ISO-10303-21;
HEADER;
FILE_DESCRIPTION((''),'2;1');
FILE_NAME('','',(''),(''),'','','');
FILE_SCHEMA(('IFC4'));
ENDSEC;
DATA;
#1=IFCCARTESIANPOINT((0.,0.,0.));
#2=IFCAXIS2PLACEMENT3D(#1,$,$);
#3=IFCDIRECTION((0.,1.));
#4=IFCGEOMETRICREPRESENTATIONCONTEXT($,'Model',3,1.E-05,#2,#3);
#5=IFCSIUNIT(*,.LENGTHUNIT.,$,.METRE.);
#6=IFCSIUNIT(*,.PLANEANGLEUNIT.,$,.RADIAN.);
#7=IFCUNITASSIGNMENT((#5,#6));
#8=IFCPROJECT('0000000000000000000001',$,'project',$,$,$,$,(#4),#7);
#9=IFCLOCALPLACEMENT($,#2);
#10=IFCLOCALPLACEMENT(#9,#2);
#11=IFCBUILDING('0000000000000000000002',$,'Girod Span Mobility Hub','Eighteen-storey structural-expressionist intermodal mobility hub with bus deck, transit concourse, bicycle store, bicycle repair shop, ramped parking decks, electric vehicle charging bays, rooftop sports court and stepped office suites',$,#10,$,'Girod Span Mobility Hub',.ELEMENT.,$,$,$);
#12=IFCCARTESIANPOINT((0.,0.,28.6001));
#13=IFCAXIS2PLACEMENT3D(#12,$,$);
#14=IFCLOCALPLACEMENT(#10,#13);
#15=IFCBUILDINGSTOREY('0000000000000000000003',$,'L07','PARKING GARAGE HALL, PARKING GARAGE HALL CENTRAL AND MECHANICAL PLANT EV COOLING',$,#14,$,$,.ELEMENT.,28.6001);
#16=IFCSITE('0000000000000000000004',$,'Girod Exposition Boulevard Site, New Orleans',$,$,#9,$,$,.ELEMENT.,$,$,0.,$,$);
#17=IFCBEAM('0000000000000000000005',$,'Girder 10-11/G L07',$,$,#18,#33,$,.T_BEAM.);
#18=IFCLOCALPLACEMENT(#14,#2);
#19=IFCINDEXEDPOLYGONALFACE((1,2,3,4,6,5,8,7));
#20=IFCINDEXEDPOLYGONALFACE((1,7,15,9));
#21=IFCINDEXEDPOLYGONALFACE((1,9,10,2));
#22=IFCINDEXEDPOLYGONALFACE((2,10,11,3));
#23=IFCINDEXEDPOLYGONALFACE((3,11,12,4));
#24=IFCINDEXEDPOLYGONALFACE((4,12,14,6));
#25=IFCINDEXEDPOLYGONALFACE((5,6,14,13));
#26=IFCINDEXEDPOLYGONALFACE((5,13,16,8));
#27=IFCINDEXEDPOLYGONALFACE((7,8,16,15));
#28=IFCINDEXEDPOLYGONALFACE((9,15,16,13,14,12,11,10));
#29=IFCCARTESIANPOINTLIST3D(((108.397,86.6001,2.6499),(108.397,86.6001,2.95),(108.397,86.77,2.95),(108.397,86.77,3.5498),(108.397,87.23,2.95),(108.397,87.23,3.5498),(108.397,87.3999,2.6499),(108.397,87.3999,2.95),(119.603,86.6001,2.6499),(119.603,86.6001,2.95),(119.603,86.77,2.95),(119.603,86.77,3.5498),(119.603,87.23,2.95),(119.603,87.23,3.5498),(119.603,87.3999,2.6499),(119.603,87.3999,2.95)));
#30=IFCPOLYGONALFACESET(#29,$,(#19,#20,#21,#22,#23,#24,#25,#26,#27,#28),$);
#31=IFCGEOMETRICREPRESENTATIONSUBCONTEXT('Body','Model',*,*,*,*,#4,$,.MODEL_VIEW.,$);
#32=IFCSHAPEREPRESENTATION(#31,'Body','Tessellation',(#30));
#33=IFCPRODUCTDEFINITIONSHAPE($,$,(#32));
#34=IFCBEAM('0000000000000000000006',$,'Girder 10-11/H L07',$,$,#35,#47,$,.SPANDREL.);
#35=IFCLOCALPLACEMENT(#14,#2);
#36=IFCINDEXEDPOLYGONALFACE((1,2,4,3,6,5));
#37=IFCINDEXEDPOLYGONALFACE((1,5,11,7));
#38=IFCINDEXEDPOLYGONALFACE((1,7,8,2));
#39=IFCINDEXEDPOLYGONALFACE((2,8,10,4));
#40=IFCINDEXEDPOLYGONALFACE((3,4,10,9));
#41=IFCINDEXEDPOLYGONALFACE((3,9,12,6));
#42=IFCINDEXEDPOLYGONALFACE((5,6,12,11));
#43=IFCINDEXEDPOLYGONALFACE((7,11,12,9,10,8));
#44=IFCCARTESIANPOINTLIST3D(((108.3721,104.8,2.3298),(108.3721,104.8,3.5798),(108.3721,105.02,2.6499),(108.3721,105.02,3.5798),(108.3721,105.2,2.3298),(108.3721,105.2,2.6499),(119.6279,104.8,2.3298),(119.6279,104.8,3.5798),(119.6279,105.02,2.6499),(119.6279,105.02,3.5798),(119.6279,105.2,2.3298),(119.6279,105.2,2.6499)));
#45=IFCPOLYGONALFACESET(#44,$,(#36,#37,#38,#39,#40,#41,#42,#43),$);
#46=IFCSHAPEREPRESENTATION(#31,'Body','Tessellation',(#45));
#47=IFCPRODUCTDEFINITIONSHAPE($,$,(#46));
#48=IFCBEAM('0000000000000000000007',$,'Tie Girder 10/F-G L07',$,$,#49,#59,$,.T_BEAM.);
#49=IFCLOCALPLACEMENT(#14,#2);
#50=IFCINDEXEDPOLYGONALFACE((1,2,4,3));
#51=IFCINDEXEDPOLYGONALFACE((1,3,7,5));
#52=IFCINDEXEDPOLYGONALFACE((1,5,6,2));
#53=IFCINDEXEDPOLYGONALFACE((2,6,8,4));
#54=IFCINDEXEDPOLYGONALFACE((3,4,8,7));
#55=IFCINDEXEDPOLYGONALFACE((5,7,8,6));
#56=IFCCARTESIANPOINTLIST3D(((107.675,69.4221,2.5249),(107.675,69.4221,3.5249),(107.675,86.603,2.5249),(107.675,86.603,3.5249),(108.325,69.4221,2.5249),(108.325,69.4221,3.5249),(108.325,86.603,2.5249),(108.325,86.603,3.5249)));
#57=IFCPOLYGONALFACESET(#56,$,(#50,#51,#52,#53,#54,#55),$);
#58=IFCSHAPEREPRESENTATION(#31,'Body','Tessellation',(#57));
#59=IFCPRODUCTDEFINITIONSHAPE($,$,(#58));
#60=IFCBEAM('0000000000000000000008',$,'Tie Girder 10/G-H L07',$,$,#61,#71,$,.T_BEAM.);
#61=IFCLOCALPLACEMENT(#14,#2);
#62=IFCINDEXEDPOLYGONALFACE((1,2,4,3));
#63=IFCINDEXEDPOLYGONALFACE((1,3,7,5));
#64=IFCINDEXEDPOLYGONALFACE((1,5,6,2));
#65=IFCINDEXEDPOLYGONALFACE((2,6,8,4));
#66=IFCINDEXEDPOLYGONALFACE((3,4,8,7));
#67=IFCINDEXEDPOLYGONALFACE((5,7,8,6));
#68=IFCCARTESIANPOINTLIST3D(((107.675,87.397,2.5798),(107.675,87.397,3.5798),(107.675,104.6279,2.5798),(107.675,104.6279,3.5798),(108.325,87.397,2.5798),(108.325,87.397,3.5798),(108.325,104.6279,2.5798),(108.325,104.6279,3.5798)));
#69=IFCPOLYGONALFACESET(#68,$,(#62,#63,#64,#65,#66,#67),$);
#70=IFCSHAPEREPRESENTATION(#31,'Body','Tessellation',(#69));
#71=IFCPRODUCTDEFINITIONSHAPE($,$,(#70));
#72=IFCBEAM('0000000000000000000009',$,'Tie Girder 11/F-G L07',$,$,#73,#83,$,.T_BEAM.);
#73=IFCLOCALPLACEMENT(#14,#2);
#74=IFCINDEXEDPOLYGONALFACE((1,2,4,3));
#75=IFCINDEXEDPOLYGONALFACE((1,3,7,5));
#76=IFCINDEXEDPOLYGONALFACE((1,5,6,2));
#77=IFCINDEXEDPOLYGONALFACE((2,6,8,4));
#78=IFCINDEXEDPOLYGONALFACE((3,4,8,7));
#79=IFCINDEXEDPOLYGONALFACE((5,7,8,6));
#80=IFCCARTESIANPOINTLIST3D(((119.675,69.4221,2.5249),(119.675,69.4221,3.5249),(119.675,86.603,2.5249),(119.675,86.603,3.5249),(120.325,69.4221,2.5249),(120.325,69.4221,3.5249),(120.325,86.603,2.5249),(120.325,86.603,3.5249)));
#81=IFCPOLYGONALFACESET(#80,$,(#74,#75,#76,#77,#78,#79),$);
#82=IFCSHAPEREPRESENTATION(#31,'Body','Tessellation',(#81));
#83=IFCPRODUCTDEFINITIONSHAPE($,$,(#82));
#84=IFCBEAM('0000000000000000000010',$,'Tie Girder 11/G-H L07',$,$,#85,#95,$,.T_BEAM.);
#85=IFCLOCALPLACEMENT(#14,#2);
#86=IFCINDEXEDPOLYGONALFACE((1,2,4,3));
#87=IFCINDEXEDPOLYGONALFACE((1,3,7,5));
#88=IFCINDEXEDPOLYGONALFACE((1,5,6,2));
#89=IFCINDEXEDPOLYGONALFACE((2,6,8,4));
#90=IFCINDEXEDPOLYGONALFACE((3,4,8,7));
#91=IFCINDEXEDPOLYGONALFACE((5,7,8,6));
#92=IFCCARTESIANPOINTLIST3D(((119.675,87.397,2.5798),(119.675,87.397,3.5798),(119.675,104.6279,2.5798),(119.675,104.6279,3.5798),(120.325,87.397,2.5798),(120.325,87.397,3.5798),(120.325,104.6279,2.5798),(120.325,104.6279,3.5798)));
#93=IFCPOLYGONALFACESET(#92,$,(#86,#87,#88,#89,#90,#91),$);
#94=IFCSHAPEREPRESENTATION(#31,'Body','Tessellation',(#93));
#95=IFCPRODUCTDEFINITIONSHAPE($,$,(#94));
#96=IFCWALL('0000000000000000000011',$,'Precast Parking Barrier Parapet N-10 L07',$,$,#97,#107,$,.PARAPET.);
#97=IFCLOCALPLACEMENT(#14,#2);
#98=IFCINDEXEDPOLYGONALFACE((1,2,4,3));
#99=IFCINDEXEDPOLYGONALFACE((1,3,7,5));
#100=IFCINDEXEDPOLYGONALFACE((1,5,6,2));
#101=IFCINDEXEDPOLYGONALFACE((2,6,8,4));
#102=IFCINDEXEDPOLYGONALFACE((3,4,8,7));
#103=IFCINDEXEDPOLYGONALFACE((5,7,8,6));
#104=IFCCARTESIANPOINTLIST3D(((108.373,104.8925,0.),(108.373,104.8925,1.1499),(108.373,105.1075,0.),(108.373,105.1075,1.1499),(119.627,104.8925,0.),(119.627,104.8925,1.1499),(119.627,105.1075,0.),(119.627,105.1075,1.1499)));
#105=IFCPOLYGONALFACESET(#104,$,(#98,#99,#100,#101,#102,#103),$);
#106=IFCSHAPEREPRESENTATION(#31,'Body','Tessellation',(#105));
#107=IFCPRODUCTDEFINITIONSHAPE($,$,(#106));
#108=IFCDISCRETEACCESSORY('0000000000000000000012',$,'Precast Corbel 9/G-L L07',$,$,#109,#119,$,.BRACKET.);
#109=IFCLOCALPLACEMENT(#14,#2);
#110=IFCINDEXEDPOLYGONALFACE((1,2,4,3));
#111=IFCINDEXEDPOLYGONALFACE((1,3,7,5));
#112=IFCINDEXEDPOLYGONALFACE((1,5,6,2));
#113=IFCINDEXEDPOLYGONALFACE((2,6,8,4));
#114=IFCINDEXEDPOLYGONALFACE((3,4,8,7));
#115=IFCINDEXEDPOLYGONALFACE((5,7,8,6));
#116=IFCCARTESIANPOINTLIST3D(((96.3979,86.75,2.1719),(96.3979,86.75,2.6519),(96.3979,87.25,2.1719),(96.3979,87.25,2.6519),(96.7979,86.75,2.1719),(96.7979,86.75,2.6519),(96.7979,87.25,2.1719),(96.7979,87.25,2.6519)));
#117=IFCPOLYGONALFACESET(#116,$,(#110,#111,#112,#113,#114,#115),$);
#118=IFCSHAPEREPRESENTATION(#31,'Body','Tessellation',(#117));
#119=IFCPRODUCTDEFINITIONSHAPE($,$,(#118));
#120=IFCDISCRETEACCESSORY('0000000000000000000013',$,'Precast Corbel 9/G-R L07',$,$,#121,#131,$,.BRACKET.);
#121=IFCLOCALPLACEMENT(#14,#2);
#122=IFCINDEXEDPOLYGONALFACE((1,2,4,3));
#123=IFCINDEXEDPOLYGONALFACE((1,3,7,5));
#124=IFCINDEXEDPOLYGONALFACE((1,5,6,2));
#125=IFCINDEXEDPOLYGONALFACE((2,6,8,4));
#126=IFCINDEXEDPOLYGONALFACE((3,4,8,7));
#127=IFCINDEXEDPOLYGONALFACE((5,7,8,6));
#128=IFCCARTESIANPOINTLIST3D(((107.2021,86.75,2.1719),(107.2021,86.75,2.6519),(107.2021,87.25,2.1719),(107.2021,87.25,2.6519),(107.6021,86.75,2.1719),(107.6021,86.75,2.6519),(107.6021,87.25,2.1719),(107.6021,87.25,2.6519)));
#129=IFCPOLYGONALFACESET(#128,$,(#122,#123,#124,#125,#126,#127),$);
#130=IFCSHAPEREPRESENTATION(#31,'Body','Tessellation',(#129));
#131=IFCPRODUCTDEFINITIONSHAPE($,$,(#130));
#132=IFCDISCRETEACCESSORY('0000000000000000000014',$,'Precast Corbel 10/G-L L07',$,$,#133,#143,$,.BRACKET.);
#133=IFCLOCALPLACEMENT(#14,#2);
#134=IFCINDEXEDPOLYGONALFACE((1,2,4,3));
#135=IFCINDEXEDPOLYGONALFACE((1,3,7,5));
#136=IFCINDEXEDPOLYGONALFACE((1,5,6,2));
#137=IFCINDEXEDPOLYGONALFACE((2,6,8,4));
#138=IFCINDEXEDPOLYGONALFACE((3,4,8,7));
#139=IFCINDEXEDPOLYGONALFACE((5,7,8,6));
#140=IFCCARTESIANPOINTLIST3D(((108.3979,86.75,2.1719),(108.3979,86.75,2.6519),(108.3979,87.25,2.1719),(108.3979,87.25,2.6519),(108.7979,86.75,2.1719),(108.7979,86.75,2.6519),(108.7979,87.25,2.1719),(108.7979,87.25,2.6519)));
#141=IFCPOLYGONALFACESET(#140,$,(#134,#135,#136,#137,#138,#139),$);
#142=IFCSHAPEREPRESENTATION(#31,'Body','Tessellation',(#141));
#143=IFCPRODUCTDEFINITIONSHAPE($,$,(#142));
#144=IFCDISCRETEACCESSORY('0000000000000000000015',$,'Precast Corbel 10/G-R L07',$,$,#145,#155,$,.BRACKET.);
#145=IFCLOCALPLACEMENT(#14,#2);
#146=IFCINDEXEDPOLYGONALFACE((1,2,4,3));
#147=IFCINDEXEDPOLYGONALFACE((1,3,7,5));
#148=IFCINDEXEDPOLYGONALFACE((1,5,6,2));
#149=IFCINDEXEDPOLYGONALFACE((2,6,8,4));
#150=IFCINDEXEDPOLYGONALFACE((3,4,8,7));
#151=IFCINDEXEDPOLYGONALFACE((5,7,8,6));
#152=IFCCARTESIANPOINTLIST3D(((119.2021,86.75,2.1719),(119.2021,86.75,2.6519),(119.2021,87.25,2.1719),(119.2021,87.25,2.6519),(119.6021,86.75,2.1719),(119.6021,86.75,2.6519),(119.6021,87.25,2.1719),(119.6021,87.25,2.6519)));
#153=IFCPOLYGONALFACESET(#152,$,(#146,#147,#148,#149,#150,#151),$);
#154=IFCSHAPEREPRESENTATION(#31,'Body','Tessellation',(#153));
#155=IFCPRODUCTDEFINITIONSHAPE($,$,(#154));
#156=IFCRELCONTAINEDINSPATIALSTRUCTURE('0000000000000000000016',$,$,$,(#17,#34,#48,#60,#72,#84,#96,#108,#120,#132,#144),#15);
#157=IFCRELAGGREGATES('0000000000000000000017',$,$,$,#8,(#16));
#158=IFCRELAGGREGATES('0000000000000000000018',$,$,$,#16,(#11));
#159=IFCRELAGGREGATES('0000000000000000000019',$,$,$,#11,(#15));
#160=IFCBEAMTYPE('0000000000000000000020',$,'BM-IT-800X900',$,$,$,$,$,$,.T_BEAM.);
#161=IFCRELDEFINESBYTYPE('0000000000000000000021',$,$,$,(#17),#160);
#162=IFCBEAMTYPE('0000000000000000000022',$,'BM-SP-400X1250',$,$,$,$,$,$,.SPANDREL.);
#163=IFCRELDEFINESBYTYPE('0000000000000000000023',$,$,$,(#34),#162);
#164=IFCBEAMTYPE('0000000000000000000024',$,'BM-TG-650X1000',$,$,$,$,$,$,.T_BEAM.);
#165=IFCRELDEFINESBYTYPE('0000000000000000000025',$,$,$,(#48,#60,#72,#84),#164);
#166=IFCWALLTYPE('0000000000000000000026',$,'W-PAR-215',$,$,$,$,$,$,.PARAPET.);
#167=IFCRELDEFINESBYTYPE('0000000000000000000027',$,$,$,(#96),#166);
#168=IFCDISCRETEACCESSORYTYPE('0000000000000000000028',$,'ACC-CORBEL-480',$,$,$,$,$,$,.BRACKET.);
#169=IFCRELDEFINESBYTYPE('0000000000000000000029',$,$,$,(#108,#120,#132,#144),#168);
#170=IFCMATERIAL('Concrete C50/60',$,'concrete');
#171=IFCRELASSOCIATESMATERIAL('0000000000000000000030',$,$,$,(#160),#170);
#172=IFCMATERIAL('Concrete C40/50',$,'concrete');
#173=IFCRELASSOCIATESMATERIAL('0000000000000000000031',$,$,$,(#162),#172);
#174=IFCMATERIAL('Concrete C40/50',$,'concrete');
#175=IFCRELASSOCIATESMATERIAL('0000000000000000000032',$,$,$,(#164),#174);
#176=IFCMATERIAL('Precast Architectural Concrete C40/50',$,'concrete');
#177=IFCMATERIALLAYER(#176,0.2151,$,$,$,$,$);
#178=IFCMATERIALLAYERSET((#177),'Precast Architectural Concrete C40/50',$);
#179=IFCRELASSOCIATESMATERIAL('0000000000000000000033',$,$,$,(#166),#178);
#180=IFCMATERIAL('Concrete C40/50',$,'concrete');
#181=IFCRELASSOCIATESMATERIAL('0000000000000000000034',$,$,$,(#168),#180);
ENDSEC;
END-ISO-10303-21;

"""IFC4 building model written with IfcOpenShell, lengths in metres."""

from ifc_helpers import new_model, si_unit, direction, frame, frame_2d, origin, origin_2d, place, context, subcontext, project, spatial, polyline, rectangle, outline, extrude, material, layer, layer_set, material_profile, profile_set, type_object, element, save


model = new_model("IFC4")

# Units and contexts
model_context = context("Model", 3, precision=1e-05, world=origin(), true_north=direction((0.0, 1.0)))
body_context = subcontext(model_context, "Body", "Model", "MODEL_VIEW")
ifc_project = project(units=[si_unit("LENGTHUNIT", "METRE"), si_unit("PLANEANGLEUNIT", "RADIAN")], contexts=[model_context])

# Site, building, storey
site_placement = place(None, origin())
site = spatial("IfcSite", under=ifc_project, at=site_placement, Name="Girod Exposition Boulevard Site, New Orleans", CompositionType="ELEMENT", RefElevation=0.0)
building_placement = place(site_placement, origin())
building = spatial("IfcBuilding", under=site, at=building_placement, Name="Girod Span Mobility Hub", Description="Eighteen-storey structural-expressionist intermodal mobility hub with bus deck, transit concourse, bicycle store, bicycle repair shop, ramped parking decks, electric vehicle charging bays, rooftop sports court and stepped office suites", LongName="Girod Span Mobility Hub", CompositionType="ELEMENT")
storey_placement = place(building_placement, frame((0.0, 0.0, 28.6001)))
storey = spatial("IfcBuildingStorey", under=building, at=storey_placement, Name="L07", Description="PARKING GARAGE HALL, PARKING GARAGE HALL CENTRAL AND MECHANICAL PLANT EV COOLING", CompositionType="ELEMENT", Elevation=28.6001)

# Beams
ifc_material_1 = material(Name="Concrete C50/60", Category="concrete")
ifc_material_profile_1 = material_profile(ifc_material_1, outline(polyline([(-0.3999, -0.45), (0.3999, -0.45), (0.3999, -0.1499), (0.23, -0.1499), (0.23, 0.45), (-0.23, 0.45), (-0.23, -0.1499), (-0.3999, -0.1499), (-0.3999, -0.45)])), Name="IT-800X900")
ifc_profile_set_1 = profile_set([ifc_material_profile_1], Name="Concrete C50/60")
beam_type_1 = type_object("IfcBeamType", Name="BM-IT-800X900", PredefinedType="T_BEAM", material=ifc_profile_set_1)
for number, where, z_axis, x_axis, name in (
    (1, (108.397, 87.0, 3.0999), (1.0, 0.0, 0.0), (0.0, 1.0, 0.0), "Girder 10-11/G L07"),
):
    element("IfcBeam", number, at=place(storey_placement, frame(where, z_axis=z_axis, x_axis=x_axis)), inside=storey, type_object=beam_type_1, Name=name, PredefinedType="T_BEAM", context=body_context, shape_type="SweptSolid", body=[
        extrude(outline(polyline([(-0.3999, -0.45), (0.3999, -0.45), (0.3999, -0.1499), (0.23, -0.1499), (0.23, 0.45), (-0.23, 0.45), (-0.23, -0.1499), (-0.3999, -0.1499), (-0.3999, -0.45)])), origin(), (0.0, 0.0, 1.0), 11.2061),
    ])
ifc_material_2 = material(Name="Concrete C40/50", Category="concrete")
ifc_material_profile_2 = material_profile(ifc_material_2, outline(polyline([(-0.2, -0.625), (0.2, -0.625), (0.2, -0.3049), (0.02, -0.3049), (0.02, 0.625), (-0.2, 0.625), (-0.2, -0.625)])), Name="SP-400X1250")
ifc_profile_set_2 = profile_set([ifc_material_profile_2], Name="Concrete C40/50")
beam_type_2 = type_object("IfcBeamType", Name="BM-SP-400X1250", PredefinedType="SPANDREL", material=ifc_profile_set_2)
beam_1_placement = place(storey_placement, frame((108.3721, 105.0, 2.9548), z_axis=(1.0, 0.0, 0.0), x_axis=(0.0, 1.0, 0.0)))
element("IfcBeam", 2, at=beam_1_placement, inside=storey, type_object=beam_type_2, Name="Girder 10-11/H L07", PredefinedType="SPANDREL", context=body_context, shape_type="SweptSolid", body=[
    extrude(outline(polyline([(-0.2, -0.625), (0.2, -0.625), (0.2, -0.3049), (0.02, -0.3049), (0.02, 0.625), (-0.2, 0.625), (-0.2, -0.625)])), origin(), (0.0, 0.0, 1.0), 11.2559),
])
ifc_material_3 = material(Name="Concrete C40/50", Category="concrete")
ifc_material_profile_3 = material_profile(ifc_material_3, rectangle(XDim=0.6499, YDim=1.0, at=origin_2d()), Name="TG-650X1000")
ifc_profile_set_3 = profile_set([ifc_material_profile_3], Name="Concrete C40/50")
beam_type_3 = type_object("IfcBeamType", Name="BM-TG-650X1000", PredefinedType="T_BEAM", material=ifc_profile_set_3)
beam_2_placement = place(storey_placement, frame((108.0, 69.4221, 3.0249), z_axis=(0.0, 1.0, 0.0), x_axis=(-1.0, 0.0, 0.0)))
element("IfcBeam", 3, at=beam_2_placement, inside=storey, type_object=beam_type_3, Name="Tie Girder 10/F-G L07", PredefinedType="T_BEAM", context=body_context, shape_type="SweptSolid", body=[
    extrude(rectangle(XDim=0.6499, YDim=1.0, at=origin_2d()), origin(), (0.0, 0.0, 1.0), 17.1809),
])
beam_3_placement = place(storey_placement, frame((108.0, 87.397, 3.0798), z_axis=(0.0, 1.0, 0.0), x_axis=(-1.0, 0.0, 0.0)))
element("IfcBeam", 4, at=beam_3_placement, inside=storey, type_object=beam_type_3, Name="Tie Girder 10/G-H L07", PredefinedType="T_BEAM", context=body_context, shape_type="SweptSolid", body=[
    extrude(rectangle(XDim=0.6499, YDim=1.0, at=origin_2d()), origin(), (0.0, 0.0, 1.0), 17.231),
])
beam_4_placement = place(storey_placement, frame((120.0, 69.4221, 3.0249), z_axis=(0.0, 1.0, 0.0), x_axis=(-1.0, 0.0, 0.0)))
element("IfcBeam", 5, at=beam_4_placement, inside=storey, type_object=beam_type_3, Name="Tie Girder 11/F-G L07", PredefinedType="T_BEAM", context=body_context, shape_type="SweptSolid", body=[
    extrude(rectangle(XDim=0.6499, YDim=1.0, at=origin_2d()), origin(), (0.0, 0.0, 1.0), 17.1809),
])
beam_5_placement = place(storey_placement, frame((120.0, 87.397, 3.0798), z_axis=(0.0, 1.0, 0.0), x_axis=(-1.0, 0.0, 0.0)))
element("IfcBeam", 6, at=beam_5_placement, inside=storey, type_object=beam_type_3, Name="Tie Girder 11/G-H L07", PredefinedType="T_BEAM", context=body_context, shape_type="SweptSolid", body=[
    extrude(rectangle(XDim=0.6499, YDim=1.0, at=origin_2d()), origin(), (0.0, 0.0, 1.0), 17.231),
])

# Wall
ifc_material_4 = material(Name="Precast Architectural Concrete C40/50", Category="concrete")
ifc_layer = layer(ifc_material_4, 0.2151)
ifc_layer_set = layer_set([ifc_layer], Name="Precast Architectural Concrete C40/50")
wall_type = type_object("IfcWallType", Name="W-PAR-215", PredefinedType="PARAPET", material=ifc_layer_set)
wall_placement = place(storey_placement, frame((108.373, 105.0, 0.0), z_axis=(0.0, 0.0, 1.0), x_axis=(1.0, 0.0, 0.0)))
element("IfcWall", 7, at=wall_placement, inside=storey, type_object=wall_type, Name="Precast Parking Barrier Parapet N-10 L07", PredefinedType="PARAPET", context=body_context, shape_type="SweptSolid", body=[
    extrude(rectangle(XDim=11.2539, YDim=0.2151, at=frame_2d((5.627, 0.0))), origin(), (0.0, 0.0, 1.0), 1.1499),
])

# Discrete accessories
ifc_material_5 = material(Name="Concrete C40/50", Category="concrete")
discrete_accessory_type = type_object("IfcDiscreteAccessoryType", Name="ACC-CORBEL-480", PredefinedType="BRACKET", material=ifc_material_5)
for number, where, z_axis, x_axis, name in (
    (8, (96.5979, 87.0, 2.1719), (0.0, 0.0, 1.0), (1.0, 0.0, 0.0), "Precast Corbel 9/G-L L07"),
    (9, (107.4021, 87.0, 2.1719), (0.0, 0.0, 1.0), (1.0, 0.0, 0.0), "Precast Corbel 9/G-R L07"),
    (10, (108.5979, 87.0, 2.1719), (0.0, 0.0, 1.0), (1.0, 0.0, 0.0), "Precast Corbel 10/G-L L07"),
    (11, (119.4021, 87.0, 2.1719), (0.0, 0.0, 1.0), (1.0, 0.0, 0.0), "Precast Corbel 10/G-R L07"),
):
    element("IfcDiscreteAccessory", number, at=place(storey_placement, frame(where, z_axis=z_axis, x_axis=x_axis)), inside=storey, type_object=discrete_accessory_type, Name=name, PredefinedType="BRACKET", context=body_context, shape_type="SweptSolid", body=[
        extrude(rectangle(XDim=0.3999, YDim=0.5, at=origin_2d()), origin(), (0.0, 0.0, 1.0), 0.48),
    ])

save(model, "model.ifc")
